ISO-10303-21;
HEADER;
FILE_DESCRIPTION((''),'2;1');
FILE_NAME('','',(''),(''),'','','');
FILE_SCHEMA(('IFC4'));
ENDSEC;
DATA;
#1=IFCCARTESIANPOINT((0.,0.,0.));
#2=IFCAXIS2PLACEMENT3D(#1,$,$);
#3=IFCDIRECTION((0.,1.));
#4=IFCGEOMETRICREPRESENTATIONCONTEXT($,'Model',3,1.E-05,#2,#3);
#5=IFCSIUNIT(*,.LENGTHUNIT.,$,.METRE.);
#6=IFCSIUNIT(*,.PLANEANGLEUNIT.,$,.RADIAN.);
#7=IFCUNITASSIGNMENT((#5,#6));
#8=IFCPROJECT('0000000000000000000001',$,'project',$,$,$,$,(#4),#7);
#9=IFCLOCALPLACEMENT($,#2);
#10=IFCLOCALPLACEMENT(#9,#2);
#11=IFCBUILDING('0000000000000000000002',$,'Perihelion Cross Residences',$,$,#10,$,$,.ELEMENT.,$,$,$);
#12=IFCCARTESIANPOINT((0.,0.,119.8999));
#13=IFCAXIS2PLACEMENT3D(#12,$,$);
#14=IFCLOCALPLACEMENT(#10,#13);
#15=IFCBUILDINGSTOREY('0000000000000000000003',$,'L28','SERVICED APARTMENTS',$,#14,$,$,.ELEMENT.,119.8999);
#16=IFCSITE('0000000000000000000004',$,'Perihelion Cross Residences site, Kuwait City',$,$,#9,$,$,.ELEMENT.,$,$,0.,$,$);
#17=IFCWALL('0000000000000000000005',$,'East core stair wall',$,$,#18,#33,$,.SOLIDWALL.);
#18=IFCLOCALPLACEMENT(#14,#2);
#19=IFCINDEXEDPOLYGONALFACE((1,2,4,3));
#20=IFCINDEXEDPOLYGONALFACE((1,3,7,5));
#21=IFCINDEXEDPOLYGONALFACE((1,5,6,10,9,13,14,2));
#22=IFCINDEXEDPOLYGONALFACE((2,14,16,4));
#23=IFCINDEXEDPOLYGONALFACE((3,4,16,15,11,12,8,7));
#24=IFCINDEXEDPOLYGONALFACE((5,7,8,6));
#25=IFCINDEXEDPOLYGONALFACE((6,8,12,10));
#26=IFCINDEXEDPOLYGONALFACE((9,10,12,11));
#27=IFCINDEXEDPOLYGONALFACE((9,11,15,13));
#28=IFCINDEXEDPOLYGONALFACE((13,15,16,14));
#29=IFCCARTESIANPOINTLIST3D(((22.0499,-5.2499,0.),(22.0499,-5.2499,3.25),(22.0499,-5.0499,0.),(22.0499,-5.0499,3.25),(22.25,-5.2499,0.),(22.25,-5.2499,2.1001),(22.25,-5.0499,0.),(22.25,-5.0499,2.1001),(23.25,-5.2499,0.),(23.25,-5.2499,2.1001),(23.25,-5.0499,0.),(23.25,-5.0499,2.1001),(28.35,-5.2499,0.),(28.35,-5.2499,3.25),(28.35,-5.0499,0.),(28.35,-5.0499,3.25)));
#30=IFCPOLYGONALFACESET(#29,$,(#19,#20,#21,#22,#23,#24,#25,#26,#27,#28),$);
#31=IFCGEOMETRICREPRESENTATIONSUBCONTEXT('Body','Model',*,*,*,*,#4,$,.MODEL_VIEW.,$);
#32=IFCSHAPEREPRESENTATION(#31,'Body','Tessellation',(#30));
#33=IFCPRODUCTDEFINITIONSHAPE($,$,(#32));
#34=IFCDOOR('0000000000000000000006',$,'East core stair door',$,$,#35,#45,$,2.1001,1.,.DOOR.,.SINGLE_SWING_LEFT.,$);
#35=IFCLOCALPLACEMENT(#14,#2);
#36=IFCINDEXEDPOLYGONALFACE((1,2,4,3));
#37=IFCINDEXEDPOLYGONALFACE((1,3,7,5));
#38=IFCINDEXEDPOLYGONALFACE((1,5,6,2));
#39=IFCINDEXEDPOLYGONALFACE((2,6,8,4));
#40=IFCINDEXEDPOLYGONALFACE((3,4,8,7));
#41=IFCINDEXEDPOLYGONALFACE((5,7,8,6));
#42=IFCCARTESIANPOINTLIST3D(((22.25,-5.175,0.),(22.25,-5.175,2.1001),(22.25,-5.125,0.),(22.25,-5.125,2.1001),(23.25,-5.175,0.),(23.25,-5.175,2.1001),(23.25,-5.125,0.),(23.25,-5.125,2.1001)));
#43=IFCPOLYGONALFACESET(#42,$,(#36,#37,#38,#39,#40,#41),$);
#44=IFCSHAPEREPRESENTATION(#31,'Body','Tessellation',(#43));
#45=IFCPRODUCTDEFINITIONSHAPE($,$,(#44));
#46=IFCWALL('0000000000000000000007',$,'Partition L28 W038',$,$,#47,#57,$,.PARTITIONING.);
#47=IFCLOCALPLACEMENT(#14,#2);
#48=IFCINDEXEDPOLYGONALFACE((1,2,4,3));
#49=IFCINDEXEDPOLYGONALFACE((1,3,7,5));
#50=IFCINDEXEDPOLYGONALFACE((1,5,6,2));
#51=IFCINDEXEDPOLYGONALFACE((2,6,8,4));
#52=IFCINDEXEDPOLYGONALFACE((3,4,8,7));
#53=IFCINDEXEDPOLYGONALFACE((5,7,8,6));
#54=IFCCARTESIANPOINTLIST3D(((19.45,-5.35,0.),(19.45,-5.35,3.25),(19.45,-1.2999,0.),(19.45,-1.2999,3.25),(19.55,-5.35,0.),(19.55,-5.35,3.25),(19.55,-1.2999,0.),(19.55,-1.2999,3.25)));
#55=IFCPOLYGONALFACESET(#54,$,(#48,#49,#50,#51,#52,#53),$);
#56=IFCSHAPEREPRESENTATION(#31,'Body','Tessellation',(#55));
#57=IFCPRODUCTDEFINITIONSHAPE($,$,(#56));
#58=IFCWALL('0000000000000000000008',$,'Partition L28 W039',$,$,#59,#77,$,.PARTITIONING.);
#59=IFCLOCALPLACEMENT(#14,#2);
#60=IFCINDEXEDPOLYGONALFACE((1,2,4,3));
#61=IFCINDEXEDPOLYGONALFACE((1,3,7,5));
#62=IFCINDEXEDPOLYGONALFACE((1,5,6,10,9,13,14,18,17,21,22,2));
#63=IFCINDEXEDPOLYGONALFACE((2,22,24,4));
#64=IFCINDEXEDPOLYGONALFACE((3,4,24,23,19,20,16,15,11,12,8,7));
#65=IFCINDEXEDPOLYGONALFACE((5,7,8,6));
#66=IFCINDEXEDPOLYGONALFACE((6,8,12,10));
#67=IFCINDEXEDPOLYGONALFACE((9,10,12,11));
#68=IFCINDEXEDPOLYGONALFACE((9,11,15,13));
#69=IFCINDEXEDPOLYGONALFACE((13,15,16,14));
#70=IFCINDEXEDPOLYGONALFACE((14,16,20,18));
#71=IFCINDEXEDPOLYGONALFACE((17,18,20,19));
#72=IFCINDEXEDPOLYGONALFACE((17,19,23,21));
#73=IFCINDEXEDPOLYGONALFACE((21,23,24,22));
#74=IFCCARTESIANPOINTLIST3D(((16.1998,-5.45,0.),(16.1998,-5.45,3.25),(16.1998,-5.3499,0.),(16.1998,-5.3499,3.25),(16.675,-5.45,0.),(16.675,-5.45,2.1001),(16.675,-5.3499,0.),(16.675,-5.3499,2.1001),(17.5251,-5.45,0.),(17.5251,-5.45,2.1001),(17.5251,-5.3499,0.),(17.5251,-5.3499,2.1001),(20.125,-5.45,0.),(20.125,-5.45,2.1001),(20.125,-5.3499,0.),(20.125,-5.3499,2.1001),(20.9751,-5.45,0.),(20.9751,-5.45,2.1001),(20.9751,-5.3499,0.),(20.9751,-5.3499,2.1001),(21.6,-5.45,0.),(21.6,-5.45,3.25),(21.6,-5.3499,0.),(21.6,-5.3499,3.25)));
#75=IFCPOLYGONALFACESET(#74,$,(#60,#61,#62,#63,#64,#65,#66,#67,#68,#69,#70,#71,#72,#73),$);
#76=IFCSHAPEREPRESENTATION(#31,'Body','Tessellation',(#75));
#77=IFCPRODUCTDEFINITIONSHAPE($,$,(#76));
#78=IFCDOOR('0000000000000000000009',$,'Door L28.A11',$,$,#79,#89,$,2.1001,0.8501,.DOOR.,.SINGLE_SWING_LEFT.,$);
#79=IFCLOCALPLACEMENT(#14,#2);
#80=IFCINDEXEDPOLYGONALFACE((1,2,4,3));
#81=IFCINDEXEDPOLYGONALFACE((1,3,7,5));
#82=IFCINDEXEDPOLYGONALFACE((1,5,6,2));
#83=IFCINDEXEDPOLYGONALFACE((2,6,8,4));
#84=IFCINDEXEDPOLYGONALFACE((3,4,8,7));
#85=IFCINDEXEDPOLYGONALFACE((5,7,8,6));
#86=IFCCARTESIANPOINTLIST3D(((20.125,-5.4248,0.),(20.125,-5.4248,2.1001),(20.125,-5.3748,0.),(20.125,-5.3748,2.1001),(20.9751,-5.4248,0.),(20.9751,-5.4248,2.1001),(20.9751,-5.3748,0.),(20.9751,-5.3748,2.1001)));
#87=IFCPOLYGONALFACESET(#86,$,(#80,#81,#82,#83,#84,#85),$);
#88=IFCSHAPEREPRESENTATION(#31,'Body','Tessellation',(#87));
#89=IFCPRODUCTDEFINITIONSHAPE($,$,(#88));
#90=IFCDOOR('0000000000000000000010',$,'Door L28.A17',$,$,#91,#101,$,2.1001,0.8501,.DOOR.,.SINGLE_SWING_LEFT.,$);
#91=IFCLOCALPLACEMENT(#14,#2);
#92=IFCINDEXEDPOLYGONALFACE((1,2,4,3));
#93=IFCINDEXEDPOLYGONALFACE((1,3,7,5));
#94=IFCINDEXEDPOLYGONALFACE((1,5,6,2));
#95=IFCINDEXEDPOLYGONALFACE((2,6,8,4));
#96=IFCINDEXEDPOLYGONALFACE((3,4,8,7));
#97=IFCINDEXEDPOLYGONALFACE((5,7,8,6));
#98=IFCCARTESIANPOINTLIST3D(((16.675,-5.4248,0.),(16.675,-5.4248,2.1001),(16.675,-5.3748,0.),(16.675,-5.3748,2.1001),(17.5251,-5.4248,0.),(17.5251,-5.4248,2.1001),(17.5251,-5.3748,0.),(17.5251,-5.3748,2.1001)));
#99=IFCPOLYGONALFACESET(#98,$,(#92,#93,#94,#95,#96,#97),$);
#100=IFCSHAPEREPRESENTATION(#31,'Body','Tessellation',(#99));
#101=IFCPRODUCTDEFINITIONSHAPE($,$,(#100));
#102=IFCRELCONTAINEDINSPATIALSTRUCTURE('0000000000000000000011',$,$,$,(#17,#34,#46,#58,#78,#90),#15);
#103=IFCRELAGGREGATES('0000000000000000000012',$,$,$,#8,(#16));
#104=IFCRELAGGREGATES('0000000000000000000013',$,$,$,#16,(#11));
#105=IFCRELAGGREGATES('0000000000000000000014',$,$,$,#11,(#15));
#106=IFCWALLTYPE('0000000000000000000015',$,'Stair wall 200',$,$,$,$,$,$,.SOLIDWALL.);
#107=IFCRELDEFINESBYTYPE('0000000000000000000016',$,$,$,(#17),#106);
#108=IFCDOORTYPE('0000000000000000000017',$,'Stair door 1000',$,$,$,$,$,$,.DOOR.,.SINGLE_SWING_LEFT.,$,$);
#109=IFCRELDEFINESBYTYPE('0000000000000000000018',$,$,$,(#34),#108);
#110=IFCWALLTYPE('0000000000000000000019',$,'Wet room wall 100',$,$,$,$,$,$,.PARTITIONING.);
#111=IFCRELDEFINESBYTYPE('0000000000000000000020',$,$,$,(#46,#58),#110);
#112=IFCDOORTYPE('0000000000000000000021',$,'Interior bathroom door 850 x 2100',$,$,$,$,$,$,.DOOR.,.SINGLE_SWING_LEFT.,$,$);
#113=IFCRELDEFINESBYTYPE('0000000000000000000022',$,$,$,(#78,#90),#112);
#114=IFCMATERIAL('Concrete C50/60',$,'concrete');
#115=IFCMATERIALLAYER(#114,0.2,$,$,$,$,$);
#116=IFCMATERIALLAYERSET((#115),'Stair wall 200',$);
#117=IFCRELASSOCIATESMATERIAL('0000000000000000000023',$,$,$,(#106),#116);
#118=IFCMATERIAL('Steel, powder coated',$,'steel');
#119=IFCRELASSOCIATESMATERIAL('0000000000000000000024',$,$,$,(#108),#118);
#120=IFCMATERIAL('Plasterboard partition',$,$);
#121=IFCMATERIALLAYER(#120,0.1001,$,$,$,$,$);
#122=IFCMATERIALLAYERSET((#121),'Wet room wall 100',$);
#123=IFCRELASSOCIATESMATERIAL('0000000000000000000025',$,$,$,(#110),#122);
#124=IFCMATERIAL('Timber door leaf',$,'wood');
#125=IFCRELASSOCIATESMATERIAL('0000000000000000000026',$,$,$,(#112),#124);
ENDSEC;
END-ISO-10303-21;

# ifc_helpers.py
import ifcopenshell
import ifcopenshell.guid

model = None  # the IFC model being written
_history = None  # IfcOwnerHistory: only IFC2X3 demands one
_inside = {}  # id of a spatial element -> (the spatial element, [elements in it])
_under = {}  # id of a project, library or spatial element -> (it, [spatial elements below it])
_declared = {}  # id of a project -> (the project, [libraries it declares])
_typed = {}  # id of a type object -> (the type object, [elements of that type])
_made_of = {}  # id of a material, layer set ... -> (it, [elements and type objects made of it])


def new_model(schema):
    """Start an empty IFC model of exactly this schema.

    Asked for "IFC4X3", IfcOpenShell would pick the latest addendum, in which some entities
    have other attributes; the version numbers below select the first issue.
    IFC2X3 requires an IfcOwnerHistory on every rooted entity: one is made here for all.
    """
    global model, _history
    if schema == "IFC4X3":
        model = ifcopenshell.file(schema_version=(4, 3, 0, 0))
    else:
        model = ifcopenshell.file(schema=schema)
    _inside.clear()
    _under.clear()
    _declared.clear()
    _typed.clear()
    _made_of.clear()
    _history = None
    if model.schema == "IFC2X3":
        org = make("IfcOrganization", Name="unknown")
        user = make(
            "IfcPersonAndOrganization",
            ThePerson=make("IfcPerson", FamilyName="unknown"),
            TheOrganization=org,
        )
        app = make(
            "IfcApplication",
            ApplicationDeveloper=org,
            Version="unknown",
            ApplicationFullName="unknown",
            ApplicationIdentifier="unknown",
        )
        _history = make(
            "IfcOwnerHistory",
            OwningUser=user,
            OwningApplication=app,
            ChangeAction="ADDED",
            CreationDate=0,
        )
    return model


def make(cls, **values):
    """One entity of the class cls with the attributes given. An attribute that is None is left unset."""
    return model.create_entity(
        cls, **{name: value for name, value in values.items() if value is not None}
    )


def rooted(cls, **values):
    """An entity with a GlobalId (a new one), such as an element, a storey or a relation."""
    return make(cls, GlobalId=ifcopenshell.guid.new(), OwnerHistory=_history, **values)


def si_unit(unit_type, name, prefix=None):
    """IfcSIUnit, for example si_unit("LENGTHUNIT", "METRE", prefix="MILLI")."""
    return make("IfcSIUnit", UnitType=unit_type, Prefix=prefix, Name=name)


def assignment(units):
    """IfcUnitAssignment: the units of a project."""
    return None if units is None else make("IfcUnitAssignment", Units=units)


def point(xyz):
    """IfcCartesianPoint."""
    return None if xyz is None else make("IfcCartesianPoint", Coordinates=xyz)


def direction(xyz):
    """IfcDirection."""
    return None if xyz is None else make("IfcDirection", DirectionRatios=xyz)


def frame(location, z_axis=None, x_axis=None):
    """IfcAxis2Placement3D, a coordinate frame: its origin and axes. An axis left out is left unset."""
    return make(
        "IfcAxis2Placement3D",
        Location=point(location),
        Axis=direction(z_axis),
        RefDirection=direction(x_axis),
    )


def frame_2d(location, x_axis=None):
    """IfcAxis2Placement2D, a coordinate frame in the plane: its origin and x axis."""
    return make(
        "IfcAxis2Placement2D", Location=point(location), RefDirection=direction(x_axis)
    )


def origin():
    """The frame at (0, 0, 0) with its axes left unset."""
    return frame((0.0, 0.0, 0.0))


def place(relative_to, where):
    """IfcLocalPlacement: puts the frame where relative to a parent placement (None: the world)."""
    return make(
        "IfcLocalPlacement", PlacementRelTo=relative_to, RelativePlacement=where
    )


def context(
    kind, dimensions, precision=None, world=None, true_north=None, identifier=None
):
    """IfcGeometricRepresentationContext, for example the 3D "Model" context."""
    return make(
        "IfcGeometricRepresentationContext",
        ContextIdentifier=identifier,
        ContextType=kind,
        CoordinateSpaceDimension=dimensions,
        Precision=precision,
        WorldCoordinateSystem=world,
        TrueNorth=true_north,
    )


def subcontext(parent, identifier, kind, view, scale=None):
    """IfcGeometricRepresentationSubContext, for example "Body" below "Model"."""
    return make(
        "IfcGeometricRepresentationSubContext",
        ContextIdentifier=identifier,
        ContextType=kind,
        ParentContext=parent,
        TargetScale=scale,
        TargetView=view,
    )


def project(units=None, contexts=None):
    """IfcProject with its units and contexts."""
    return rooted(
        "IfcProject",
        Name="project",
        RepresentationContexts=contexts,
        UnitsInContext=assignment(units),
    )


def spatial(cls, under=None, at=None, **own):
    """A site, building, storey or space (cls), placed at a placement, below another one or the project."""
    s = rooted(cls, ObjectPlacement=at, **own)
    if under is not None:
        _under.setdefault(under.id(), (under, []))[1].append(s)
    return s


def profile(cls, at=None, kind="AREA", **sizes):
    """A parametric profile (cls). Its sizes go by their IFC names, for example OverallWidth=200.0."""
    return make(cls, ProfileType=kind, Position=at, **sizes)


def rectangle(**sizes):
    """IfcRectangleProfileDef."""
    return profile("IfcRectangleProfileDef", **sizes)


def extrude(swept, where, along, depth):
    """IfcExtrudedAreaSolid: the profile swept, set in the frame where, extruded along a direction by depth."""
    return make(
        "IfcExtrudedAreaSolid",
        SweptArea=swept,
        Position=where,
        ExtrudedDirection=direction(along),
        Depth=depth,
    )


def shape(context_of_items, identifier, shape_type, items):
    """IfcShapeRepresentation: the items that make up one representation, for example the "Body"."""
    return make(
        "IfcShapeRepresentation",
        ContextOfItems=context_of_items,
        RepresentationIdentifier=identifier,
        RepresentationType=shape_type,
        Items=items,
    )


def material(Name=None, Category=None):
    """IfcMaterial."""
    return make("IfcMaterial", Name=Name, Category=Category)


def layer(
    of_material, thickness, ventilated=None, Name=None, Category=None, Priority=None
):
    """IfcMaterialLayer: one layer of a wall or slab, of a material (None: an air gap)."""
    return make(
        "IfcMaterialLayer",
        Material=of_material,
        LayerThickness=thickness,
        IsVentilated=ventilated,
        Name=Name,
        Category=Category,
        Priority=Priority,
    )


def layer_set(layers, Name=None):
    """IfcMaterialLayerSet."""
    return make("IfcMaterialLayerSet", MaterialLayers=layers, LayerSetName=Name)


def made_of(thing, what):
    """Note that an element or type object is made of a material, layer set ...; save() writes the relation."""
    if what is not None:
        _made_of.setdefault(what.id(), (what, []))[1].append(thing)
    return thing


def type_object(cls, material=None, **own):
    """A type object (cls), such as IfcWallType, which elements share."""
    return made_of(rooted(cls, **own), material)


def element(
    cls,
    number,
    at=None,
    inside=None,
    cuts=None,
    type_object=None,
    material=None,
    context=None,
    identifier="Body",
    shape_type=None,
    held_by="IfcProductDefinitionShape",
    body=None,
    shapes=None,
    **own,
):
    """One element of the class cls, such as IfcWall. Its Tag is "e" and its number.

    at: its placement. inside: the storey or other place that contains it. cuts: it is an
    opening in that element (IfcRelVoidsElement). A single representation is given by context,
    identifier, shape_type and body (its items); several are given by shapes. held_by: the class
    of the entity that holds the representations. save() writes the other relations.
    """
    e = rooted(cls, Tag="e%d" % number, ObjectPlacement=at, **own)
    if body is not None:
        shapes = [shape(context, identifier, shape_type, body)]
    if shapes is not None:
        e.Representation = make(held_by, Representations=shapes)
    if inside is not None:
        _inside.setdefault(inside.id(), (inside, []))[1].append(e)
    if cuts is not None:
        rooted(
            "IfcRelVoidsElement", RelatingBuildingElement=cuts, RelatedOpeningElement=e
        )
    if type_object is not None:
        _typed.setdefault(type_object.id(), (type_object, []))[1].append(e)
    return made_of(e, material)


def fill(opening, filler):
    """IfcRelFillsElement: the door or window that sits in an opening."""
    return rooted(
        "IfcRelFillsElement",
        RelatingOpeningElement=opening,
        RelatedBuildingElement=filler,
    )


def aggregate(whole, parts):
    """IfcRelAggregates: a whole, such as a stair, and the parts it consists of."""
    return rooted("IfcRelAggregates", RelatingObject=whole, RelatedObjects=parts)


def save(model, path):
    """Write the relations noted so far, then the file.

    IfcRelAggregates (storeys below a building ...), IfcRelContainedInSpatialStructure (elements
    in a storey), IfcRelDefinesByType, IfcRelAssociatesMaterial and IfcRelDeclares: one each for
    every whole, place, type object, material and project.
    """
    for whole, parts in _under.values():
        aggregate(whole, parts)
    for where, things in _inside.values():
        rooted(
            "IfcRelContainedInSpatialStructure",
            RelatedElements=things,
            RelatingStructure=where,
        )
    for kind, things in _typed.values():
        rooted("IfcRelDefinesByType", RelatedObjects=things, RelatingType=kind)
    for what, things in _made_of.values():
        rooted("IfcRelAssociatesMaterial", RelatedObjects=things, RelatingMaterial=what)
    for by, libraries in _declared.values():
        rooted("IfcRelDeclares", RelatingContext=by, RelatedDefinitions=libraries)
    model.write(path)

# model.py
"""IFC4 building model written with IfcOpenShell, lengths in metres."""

from ifc_helpers import new_model, si_unit, direction, frame, frame_2d, origin, place, context, subcontext, project, spatial, rectangle, extrude, material, layer, layer_set, type_object, element, fill, save


model = new_model("IFC4")

# Units and contexts
model_context = context("Model", 3, precision=1e-05, world=origin(), true_north=direction((0.0, 1.0)))
body_context = subcontext(model_context, "Body", "Model", "MODEL_VIEW")
ifc_project = project(units=[si_unit("LENGTHUNIT", "METRE"), si_unit("PLANEANGLEUNIT", "RADIAN")], contexts=[model_context])

# Site, building, storey
site_placement = place(None, origin())
site = spatial("IfcSite", under=ifc_project, at=site_placement, Name="Perihelion Cross Residences site, Kuwait City", CompositionType="ELEMENT", RefElevation=0.0)
building_placement = place(site_placement, origin())
building = spatial("IfcBuilding", under=site, at=building_placement, Name="Perihelion Cross Residences", CompositionType="ELEMENT")
storey_placement = place(building_placement, frame((0.0, 0.0, 119.8999)))
storey = spatial("IfcBuildingStorey", under=building, at=storey_placement, Name="L28", Description="SERVICED APARTMENTS", CompositionType="ELEMENT", Elevation=119.8999)

# Wall, opening, door
ifc_material_1 = material(Name="Concrete C50/60", Category="concrete")
ifc_layer_1 = layer(ifc_material_1, 0.2)
ifc_layer_set_1 = layer_set([ifc_layer_1], Name="Stair wall 200")
wall_type_1 = type_object("IfcWallType", Name="Stair wall 200", PredefinedType="SOLIDWALL", material=ifc_layer_set_1)
wall_1_placement = place(storey_placement, frame((22.05, -5.1499, 0.0), z_axis=(0.0, 0.0, 1.0), x_axis=(1.0, 0.0, 0.0)))
wall_1 = element("IfcWall", 1, at=wall_1_placement, inside=storey, type_object=wall_type_1, Name="East core stair wall", PredefinedType="SOLIDWALL", context=body_context, shape_type="SweptSolid", body=[
    extrude(rectangle(XDim=6.3, YDim=0.2, at=frame_2d((3.1499, 0.0))), origin(), (0.0, 0.0, 1.0), 3.25),
])
opening_1_placement = place(wall_1_placement, frame((0.2, 0.0, 0.0)))
opening_1 = element("IfcOpeningElement", 2, at=opening_1_placement, cuts=wall_1, PredefinedType="OPENING", context=body_context, shape_type="SweptSolid", body=[
    extrude(rectangle(XDim=1.0, YDim=2.1001, at=frame_2d((0.5, 1.05))), frame((0.0, 0.1099, 0.0), z_axis=(0.0, -1.0, 0.0), x_axis=(1.0, 0.0, 0.0)), (0.0, 0.0, 1.0), 0.22),
])
ifc_material_2 = material(Name="Steel, powder coated", Category="steel")
door_type_1 = type_object("IfcDoorType", Name="Stair door 1000", OperationType="SINGLE_SWING_LEFT", PredefinedType="DOOR", material=ifc_material_2)
door_1_placement = place(opening_1_placement, origin())
door_1 = element("IfcDoor", 3, at=door_1_placement, inside=storey, type_object=door_type_1, Name="East core stair door", OperationType="SINGLE_SWING_LEFT", OverallHeight=2.1001, OverallWidth=1.0, PredefinedType="DOOR", context=body_context, shape_type="SweptSolid", body=[
    extrude(rectangle(XDim=1.0, YDim=2.1001, at=frame_2d((0.5, 1.05))), frame((0.0, 0.0249, 0.0), z_axis=(0.0, -1.0, 0.0), x_axis=(1.0, 0.0, 0.0)), (0.0, 0.0, 1.0), 0.05),
])
fill(opening_1, door_1)

# Wall
ifc_material_3 = material(Name="Plasterboard partition")
ifc_layer_2 = layer(ifc_material_3, 0.1001)
ifc_layer_set_2 = layer_set([ifc_layer_2], Name="Wet room wall 100")
wall_type_2 = type_object("IfcWallType", Name="Wet room wall 100", PredefinedType="PARTITIONING", material=ifc_layer_set_2)
wall_2_placement = place(storey_placement, frame((19.5, -1.3, 0.0), z_axis=(0.0, 0.0, 1.0), x_axis=(0.0, -1.0, 0.0)))
element("IfcWall", 4, at=wall_2_placement, inside=storey, type_object=wall_type_2, Name="Partition L28 W038", PredefinedType="PARTITIONING", context=body_context, shape_type="SweptSolid", body=[
    extrude(rectangle(XDim=4.05, YDim=0.1001, at=frame_2d((2.0249, 0.0))), origin(), (0.0, 0.0, 1.0), 3.25),
])

# Wall, openings, doors
wall_3_placement = place(storey_placement, frame((21.6001, -5.3999, 0.0), z_axis=(0.0, 0.0, 1.0), x_axis=(-1.0, 0.0, 0.0)))
wall_3 = element("IfcWall", 5, at=wall_3_placement, inside=storey, type_object=wall_type_2, Name="Partition L28 W039", PredefinedType="PARTITIONING", context=body_context, shape_type="SweptSolid", body=[
    extrude(rectangle(XDim=5.4001, YDim=0.1001, at=frame_2d((2.7002, 0.0))), origin(), (0.0, 0.0, 1.0), 3.25),
])
opening_2_placement = place(wall_3_placement, frame((0.625, 0.0, 0.0)))
opening_2 = element("IfcOpeningElement", 6, at=opening_2_placement, cuts=wall_3, PredefinedType="OPENING", context=body_context, shape_type="SweptSolid", body=[
    extrude(rectangle(XDim=0.8501, YDim=2.1001, at=frame_2d((0.425, 1.05))), frame((0.0, 0.0601, 0.0), z_axis=(0.0, -1.0, 0.0), x_axis=(1.0, 0.0, 0.0)), (0.0, 0.0, 1.0), 0.1201),
])
opening_3_placement = place(wall_3_placement, frame((4.075, 0.0, 0.0)))
opening_3 = element("IfcOpeningElement", 7, at=opening_3_placement, cuts=wall_3, PredefinedType="OPENING", context=body_context, shape_type="SweptSolid", body=[
    extrude(rectangle(XDim=0.8501, YDim=2.1001, at=frame_2d((0.425, 1.05))), frame((0.0, 0.0601, 0.0), z_axis=(0.0, -1.0, 0.0), x_axis=(1.0, 0.0, 0.0)), (0.0, 0.0, 1.0), 0.1201),
])
ifc_material_4 = material(Name="Timber door leaf", Category="wood")
door_type_2 = type_object("IfcDoorType", Name="Interior bathroom door 850 x 2100", OperationType="SINGLE_SWING_LEFT", PredefinedType="DOOR", material=ifc_material_4)
door_2_placement = place(opening_2_placement, origin())
door_2 = element("IfcDoor", 8, at=door_2_placement, inside=storey, type_object=door_type_2, Name="Door L28.A11", OperationType="SINGLE_SWING_LEFT", OverallHeight=2.1001, OverallWidth=0.8501, PredefinedType="DOOR", context=body_context, shape_type="SweptSolid", body=[
    extrude(rectangle(XDim=0.8501, YDim=2.1001, at=frame_2d((0.425, 1.05))), frame((0.0, 0.0249, 0.0), z_axis=(0.0, -1.0, 0.0), x_axis=(1.0, 0.0, 0.0)), (0.0, 0.0, 1.0), 0.05),
])
fill(opening_2, door_2)
door_3_placement = place(opening_3_placement, origin())
door_3 = element("IfcDoor", 9, at=door_3_placement, inside=storey, type_object=door_type_2, Name="Door L28.A17", OperationType="SINGLE_SWING_LEFT", OverallHeight=2.1001, OverallWidth=0.8501, PredefinedType="DOOR", context=body_context, shape_type="SweptSolid", body=[
    extrude(rectangle(XDim=0.8501, YDim=2.1001, at=frame_2d((0.425, 1.05))), frame((0.0, 0.0249, 0.0), z_axis=(0.0, -1.0, 0.0), x_axis=(1.0, 0.0, 0.0)), (0.0, 0.0, 1.0), 0.05),
])
fill(opening_3, door_3)

save(model, "model.ifc")
